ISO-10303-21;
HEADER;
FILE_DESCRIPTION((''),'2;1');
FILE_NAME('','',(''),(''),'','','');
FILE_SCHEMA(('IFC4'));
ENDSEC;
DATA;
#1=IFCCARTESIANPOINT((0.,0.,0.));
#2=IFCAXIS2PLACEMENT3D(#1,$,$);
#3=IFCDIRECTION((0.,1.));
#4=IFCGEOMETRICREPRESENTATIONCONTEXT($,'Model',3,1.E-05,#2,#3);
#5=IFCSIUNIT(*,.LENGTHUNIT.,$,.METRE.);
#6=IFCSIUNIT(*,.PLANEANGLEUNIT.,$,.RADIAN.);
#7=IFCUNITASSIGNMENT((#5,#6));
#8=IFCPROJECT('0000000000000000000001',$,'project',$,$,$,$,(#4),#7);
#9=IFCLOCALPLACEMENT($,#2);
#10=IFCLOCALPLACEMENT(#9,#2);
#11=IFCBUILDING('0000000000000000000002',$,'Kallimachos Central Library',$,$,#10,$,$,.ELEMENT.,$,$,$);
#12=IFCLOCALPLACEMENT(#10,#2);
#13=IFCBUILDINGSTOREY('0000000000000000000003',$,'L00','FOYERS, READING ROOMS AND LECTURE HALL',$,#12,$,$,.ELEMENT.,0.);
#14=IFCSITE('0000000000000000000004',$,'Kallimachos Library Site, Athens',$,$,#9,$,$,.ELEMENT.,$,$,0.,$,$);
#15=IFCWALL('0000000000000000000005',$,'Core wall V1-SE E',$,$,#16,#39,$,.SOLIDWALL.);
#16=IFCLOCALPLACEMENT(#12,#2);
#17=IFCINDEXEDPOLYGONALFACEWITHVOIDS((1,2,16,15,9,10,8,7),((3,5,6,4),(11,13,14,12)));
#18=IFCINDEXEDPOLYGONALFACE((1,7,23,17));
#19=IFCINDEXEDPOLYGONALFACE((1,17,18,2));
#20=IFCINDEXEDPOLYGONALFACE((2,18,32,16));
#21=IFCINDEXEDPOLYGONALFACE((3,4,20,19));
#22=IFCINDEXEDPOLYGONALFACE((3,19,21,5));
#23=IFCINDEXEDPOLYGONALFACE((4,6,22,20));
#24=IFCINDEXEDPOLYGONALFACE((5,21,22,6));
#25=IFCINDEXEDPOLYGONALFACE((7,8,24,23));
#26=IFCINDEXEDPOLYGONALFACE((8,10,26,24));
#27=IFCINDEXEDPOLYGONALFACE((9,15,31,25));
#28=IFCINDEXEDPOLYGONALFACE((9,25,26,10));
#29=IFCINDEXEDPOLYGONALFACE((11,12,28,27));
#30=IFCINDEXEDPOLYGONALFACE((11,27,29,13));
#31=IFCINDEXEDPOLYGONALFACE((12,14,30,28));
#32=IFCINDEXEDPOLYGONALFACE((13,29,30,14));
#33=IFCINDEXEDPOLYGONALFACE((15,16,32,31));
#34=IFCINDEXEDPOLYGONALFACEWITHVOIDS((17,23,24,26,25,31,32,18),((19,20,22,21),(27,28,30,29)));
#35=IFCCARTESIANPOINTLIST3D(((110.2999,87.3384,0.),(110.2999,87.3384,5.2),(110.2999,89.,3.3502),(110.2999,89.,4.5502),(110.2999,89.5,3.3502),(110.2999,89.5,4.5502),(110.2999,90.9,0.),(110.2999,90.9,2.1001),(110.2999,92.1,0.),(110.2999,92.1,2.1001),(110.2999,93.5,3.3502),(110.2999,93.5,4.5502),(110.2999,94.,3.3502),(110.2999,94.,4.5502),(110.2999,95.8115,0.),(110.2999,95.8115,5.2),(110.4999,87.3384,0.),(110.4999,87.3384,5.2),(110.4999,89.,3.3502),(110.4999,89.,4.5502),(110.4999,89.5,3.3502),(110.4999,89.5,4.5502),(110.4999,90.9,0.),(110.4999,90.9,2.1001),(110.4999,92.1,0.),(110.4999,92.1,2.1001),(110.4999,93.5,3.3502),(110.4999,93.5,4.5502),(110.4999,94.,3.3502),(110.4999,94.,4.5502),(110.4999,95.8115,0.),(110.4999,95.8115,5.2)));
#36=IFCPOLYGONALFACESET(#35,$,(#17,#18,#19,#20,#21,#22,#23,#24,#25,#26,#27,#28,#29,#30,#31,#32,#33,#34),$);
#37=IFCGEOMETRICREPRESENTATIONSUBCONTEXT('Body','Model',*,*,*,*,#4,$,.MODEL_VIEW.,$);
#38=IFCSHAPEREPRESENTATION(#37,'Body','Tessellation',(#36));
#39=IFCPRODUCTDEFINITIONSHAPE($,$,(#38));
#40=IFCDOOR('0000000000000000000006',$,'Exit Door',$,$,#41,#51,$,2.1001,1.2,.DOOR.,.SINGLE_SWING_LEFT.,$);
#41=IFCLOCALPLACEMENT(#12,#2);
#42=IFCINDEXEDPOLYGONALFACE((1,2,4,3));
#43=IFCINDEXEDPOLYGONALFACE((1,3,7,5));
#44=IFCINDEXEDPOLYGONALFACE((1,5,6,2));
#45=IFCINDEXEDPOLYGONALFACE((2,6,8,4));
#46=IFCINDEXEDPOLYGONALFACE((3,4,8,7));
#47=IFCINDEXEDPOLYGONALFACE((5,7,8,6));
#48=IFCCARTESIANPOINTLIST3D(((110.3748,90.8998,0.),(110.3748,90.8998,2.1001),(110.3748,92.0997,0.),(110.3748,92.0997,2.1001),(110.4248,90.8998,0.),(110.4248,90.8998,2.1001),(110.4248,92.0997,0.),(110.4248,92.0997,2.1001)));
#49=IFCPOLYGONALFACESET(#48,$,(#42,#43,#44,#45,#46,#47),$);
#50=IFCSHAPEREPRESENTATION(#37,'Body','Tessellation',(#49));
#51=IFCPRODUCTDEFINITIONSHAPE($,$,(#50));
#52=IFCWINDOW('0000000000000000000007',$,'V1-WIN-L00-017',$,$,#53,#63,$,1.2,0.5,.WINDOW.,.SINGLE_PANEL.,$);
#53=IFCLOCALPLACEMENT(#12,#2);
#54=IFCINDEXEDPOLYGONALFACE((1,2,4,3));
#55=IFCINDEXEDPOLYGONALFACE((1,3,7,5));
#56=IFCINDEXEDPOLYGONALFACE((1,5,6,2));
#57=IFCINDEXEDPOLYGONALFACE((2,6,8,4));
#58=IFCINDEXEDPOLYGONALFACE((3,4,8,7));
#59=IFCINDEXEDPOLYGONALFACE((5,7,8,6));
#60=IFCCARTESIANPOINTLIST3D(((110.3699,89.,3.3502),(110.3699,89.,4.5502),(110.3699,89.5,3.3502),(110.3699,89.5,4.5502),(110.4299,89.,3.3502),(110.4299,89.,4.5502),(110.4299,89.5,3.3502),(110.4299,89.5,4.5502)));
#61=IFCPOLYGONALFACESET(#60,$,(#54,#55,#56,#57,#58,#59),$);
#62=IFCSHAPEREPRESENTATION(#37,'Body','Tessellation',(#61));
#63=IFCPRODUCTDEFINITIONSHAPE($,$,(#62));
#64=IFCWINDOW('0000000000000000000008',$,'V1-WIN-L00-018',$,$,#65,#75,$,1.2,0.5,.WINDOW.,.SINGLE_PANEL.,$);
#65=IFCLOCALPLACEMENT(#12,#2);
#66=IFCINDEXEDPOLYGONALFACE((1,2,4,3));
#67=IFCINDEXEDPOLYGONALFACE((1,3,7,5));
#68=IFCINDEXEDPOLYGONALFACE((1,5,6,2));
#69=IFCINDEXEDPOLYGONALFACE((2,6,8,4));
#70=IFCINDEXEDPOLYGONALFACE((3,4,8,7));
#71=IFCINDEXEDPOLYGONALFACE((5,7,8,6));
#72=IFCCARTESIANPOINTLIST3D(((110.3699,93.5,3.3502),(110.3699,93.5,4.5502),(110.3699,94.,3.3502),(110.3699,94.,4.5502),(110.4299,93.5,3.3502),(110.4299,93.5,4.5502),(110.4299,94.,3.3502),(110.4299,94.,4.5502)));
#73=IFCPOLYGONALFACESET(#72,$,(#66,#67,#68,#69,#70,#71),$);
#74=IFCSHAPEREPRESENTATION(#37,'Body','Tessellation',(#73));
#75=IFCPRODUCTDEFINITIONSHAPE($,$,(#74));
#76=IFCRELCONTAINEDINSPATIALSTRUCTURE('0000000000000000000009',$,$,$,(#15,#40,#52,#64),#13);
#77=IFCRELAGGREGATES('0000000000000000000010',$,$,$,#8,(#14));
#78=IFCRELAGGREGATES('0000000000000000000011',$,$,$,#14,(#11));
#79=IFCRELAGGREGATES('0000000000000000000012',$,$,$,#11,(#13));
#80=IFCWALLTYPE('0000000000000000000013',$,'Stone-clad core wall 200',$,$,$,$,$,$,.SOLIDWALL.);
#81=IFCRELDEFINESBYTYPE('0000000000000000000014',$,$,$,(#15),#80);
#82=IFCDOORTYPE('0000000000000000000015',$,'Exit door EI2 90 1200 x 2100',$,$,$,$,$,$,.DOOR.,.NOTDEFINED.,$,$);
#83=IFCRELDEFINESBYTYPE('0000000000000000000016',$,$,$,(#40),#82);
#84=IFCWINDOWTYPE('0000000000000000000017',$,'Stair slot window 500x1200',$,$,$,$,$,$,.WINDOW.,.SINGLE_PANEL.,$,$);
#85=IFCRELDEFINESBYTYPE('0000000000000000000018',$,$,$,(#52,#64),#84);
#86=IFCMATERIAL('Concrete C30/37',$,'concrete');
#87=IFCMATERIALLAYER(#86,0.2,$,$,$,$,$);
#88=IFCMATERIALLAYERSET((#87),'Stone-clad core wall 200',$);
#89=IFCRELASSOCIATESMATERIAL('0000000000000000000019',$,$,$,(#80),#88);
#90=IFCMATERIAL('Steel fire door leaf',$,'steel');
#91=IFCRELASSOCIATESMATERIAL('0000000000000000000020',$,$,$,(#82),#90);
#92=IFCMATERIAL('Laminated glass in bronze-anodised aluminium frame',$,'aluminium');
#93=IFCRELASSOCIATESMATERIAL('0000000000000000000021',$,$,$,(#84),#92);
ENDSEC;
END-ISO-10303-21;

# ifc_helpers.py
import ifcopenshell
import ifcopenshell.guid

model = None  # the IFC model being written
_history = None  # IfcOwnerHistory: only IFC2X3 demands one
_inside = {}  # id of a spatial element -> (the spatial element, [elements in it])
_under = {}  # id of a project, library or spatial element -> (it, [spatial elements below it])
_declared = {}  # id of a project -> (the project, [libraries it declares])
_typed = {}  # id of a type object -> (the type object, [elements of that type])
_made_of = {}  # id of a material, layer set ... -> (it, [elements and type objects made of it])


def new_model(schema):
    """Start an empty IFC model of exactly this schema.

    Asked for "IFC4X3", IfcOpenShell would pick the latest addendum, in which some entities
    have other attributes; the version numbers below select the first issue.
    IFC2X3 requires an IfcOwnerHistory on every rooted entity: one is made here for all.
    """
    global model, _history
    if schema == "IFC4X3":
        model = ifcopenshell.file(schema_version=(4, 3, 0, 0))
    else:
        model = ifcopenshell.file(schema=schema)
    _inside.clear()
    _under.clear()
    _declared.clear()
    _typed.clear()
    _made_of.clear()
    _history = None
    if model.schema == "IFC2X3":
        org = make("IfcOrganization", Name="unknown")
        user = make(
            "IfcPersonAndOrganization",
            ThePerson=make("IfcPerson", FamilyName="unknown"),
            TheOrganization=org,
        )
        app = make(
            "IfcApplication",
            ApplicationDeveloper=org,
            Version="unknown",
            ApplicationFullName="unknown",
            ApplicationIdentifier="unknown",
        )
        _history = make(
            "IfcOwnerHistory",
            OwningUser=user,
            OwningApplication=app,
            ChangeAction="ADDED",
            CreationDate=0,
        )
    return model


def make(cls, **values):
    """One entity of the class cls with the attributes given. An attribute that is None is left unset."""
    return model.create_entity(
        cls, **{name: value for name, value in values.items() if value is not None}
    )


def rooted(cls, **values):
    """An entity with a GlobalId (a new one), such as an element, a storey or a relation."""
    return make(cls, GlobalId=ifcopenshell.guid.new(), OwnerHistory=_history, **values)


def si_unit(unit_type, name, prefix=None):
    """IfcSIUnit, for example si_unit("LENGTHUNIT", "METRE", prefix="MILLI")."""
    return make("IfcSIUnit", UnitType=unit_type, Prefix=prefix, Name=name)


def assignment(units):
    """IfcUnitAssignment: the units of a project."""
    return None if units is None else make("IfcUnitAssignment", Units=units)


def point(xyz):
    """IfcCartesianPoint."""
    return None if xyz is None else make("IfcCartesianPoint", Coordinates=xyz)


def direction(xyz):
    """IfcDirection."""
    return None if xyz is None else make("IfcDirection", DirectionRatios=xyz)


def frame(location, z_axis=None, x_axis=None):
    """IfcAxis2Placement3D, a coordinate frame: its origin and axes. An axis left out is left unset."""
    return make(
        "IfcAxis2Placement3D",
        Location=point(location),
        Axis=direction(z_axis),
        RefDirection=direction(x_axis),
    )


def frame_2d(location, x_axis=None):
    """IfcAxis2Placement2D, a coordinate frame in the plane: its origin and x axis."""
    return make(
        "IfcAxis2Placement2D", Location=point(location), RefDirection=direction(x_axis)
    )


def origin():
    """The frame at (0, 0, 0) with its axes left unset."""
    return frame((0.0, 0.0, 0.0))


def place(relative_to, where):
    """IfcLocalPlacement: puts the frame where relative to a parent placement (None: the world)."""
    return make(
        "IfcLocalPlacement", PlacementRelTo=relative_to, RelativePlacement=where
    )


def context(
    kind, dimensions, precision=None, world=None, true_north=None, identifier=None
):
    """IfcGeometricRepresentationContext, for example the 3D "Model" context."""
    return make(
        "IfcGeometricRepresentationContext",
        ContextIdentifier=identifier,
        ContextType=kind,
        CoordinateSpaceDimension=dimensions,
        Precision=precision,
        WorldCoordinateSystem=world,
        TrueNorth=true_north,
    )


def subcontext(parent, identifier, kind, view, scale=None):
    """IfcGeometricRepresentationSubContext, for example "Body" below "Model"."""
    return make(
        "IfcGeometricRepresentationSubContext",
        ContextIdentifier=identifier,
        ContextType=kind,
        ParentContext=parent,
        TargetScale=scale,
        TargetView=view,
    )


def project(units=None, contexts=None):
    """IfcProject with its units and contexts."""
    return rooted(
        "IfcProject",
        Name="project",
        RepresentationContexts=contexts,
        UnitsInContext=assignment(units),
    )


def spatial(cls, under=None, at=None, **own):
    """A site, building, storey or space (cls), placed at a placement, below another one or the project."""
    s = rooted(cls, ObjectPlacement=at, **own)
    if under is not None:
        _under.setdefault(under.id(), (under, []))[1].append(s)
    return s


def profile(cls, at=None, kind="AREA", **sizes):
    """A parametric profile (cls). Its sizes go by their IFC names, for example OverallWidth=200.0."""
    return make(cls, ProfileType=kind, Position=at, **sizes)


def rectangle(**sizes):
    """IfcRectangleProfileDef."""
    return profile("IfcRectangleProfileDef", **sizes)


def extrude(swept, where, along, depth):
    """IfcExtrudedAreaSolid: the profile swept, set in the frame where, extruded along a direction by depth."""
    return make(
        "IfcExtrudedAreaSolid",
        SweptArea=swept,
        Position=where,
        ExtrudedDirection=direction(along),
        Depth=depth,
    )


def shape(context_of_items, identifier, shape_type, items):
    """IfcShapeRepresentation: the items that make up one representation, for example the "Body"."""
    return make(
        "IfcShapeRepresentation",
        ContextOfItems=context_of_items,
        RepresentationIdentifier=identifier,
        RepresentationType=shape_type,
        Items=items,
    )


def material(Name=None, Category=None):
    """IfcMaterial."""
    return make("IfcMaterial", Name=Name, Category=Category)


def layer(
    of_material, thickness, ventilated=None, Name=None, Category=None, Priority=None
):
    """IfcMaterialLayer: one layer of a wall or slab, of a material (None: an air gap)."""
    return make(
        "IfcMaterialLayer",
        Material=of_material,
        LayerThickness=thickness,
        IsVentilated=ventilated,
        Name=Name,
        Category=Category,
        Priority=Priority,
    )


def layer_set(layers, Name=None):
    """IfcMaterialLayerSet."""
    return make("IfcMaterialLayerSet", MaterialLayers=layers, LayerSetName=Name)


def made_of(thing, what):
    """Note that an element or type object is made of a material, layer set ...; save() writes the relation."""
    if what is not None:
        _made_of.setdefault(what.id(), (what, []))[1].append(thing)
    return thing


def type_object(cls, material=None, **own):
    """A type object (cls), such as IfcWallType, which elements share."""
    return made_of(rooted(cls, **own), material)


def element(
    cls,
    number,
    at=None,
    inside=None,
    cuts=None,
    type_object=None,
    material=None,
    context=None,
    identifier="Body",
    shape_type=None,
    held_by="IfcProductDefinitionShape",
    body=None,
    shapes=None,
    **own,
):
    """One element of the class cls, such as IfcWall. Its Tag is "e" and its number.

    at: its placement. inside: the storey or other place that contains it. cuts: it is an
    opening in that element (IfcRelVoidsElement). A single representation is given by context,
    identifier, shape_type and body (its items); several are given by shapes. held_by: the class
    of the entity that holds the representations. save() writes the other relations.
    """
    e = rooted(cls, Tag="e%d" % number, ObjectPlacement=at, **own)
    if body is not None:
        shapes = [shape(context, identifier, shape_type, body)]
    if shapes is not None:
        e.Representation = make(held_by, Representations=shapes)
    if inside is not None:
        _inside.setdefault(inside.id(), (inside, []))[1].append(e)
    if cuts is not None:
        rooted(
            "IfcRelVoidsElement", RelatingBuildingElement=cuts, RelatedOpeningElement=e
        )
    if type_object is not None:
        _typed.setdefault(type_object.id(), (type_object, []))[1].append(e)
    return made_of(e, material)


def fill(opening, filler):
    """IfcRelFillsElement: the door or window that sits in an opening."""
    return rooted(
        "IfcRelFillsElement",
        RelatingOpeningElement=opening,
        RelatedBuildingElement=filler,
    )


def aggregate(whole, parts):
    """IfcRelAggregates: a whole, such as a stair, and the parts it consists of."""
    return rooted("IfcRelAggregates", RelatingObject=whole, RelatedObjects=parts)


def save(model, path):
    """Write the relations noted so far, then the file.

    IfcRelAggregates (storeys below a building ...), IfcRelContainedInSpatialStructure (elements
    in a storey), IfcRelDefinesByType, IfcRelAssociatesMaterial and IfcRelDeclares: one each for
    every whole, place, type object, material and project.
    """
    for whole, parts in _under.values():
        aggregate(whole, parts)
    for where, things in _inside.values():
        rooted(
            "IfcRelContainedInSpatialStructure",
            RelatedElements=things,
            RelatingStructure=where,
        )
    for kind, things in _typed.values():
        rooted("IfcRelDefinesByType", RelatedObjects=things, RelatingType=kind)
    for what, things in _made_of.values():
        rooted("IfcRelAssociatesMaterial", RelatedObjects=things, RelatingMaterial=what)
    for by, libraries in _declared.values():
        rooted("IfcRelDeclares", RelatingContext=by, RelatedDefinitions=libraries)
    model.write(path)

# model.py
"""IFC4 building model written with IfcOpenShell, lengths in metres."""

from ifc_helpers import new_model, si_unit, direction, frame, frame_2d, origin, place, context, subcontext, project, spatial, rectangle, extrude, material, layer, layer_set, type_object, element, fill, save


model = new_model("IFC4")

# Units and contexts
model_context = context("Model", 3, precision=1e-05, world=origin(), true_north=direction((0.0, 1.0)))
body_context = subcontext(model_context, "Body", "Model", "MODEL_VIEW")
ifc_project = project(units=[si_unit("LENGTHUNIT", "METRE"), si_unit("PLANEANGLEUNIT", "RADIAN")], contexts=[model_context])

# Site, building, storey
site_placement = place(None, origin())
site = spatial("IfcSite", under=ifc_project, at=site_placement, Name="Kallimachos Library Site, Athens", CompositionType="ELEMENT", RefElevation=0.0)
building_placement = place(site_placement, origin())
building = spatial("IfcBuilding", under=site, at=building_placement, Name="Kallimachos Central Library", CompositionType="ELEMENT")
storey_placement = place(building_placement, origin())
storey = spatial("IfcBuildingStorey", under=building, at=storey_placement, Name="L00", Description="FOYERS, READING ROOMS AND LECTURE HALL", CompositionType="ELEMENT", Elevation=0.0)

# Wall, openings, door, windows
ifc_material_1 = material(Name="Concrete C30/37", Category="concrete")
ifc_layer_1 = layer(ifc_material_1, 0.2)
ifc_layer_set_1 = layer_set([ifc_layer_1], Name="Stone-clad core wall 200")
wall_type = type_object("IfcWallType", Name="Stone-clad core wall 200", PredefinedType="SOLIDWALL", material=ifc_layer_set_1)
wall_placement = place(storey_placement, frame((110.3999, 87.3384, 0.0), z_axis=(0.0, 0.0, 1.0), x_axis=(0.0, 1.0, 0.0)))
wall = element("IfcWall", 1, at=wall_placement, inside=storey, type_object=wall_type, Name="Core wall V1-SE E", PredefinedType="SOLIDWALL", context=body_context, shape_type="SweptSolid", body=[
    extrude(rectangle(XDim=8.4731, YDim=0.2, at=frame_2d((4.2366, 0.0))), origin(), (0.0, 0.0, 1.0), 5.2),
])
opening_1_placement = place(wall_placement, frame((1.6616, 0.0, 3.3501)))
opening_1 = element("IfcOpeningElement", 2, at=opening_1_placement, cuts=wall, PredefinedType="OPENING", context=body_context, shape_type="SweptSolid", body=[
    extrude(rectangle(XDim=0.5, YDim=1.2, at=frame_2d((0.25, 0.6001))), frame((0.0, 0.1099, 0.0), z_axis=(0.0, -1.0, 0.0), x_axis=(1.0, 0.0, 0.0)), (0.0, 0.0, 1.0), 0.22),
])
opening_2_placement = place(wall_placement, frame((6.1616, 0.0, 3.3501)))
opening_2 = element("IfcOpeningElement", 3, at=opening_2_placement, cuts=wall, PredefinedType="OPENING", context=body_context, shape_type="SweptSolid", body=[
    extrude(rectangle(XDim=0.5, YDim=1.2, at=frame_2d((0.25, 0.6001))), frame((0.0, 0.1099, 0.0), z_axis=(0.0, -1.0, 0.0), x_axis=(1.0, 0.0, 0.0)), (0.0, 0.0, 1.0), 0.22),
])
opening_3_placement = place(wall_placement, frame((3.5615, 0.0, 0.0)))
opening_3 = element("IfcOpeningElement", 4, at=opening_3_placement, cuts=wall, PredefinedType="OPENING", context=body_context, shape_type="SweptSolid", body=[
    extrude(rectangle(XDim=1.2, YDim=2.1001, at=frame_2d((0.6001, 1.05))), frame((0.0, 0.1099, 0.0), z_axis=(0.0, -1.0, 0.0), x_axis=(1.0, 0.0, 0.0)), (0.0, 0.0, 1.0), 0.22),
])
ifc_material_2 = material(Name="Steel fire door leaf", Category="steel")
door_type = type_object("IfcDoorType", Name="Exit door EI2 90 1200 x 2100", OperationType="NOTDEFINED", PredefinedType="DOOR", material=ifc_material_2)
door_placement = place(opening_3_placement, frame((1.2, 0.0, 0.0), z_axis=(0.0, 0.0, 1.0), x_axis=(-1.0, 0.0, 0.0)))
door = element("IfcDoor", 5, at=door_placement, inside=storey, type_object=door_type, Name="Exit Door", OperationType="SINGLE_SWING_LEFT", OverallHeight=2.1001, OverallWidth=1.2, PredefinedType="DOOR", context=body_context, shape_type="SweptSolid", body=[
    extrude(rectangle(XDim=1.2, YDim=2.1001, at=frame_2d((0.6001, 1.05))), frame((0.0, 0.0249, 0.0), z_axis=(0.0, -1.0, 0.0), x_axis=(1.0, 0.0, 0.0)), (0.0, 0.0, 1.0), 0.05),
])
fill(opening_3, door)
ifc_material_3 = material(Name="Laminated glass in bronze-anodised aluminium frame", Category="aluminium")
window_type = type_object("IfcWindowType", Name="Stair slot window 500x1200", PartitioningType="SINGLE_PANEL", PredefinedType="WINDOW", material=ifc_material_3)
window_1_placement = place(opening_1_placement, origin())
window_1 = element("IfcWindow", 6, at=window_1_placement, inside=storey, type_object=window_type, Name="V1-WIN-L00-017", OverallHeight=1.2, OverallWidth=0.5, PartitioningType="SINGLE_PANEL", PredefinedType="WINDOW", context=body_context, shape_type="SweptSolid", body=[
    extrude(rectangle(XDim=0.5, YDim=1.2, at=frame_2d((0.25, 0.6001))), frame((0.0, 0.03, 0.0), z_axis=(0.0, -1.0, 0.0), x_axis=(1.0, 0.0, 0.0)), (0.0, 0.0, 1.0), 0.0601),
])
fill(opening_1, window_1)
window_2_placement = place(opening_2_placement, origin())
window_2 = element("IfcWindow", 7, at=window_2_placement, inside=storey, type_object=window_type, Name="V1-WIN-L00-018", OverallHeight=1.2, OverallWidth=0.5, PartitioningType="SINGLE_PANEL", PredefinedType="WINDOW", context=body_context, shape_type="SweptSolid", body=[
    extrude(rectangle(XDim=0.5, YDim=1.2, at=frame_2d((0.25, 0.6001))), frame((0.0, 0.03, 0.0), z_axis=(0.0, -1.0, 0.0), x_axis=(1.0, 0.0, 0.0)), (0.0, 0.0, 1.0), 0.0601),
])
fill(opening_2, window_2)

save(model, "model.ifc")
